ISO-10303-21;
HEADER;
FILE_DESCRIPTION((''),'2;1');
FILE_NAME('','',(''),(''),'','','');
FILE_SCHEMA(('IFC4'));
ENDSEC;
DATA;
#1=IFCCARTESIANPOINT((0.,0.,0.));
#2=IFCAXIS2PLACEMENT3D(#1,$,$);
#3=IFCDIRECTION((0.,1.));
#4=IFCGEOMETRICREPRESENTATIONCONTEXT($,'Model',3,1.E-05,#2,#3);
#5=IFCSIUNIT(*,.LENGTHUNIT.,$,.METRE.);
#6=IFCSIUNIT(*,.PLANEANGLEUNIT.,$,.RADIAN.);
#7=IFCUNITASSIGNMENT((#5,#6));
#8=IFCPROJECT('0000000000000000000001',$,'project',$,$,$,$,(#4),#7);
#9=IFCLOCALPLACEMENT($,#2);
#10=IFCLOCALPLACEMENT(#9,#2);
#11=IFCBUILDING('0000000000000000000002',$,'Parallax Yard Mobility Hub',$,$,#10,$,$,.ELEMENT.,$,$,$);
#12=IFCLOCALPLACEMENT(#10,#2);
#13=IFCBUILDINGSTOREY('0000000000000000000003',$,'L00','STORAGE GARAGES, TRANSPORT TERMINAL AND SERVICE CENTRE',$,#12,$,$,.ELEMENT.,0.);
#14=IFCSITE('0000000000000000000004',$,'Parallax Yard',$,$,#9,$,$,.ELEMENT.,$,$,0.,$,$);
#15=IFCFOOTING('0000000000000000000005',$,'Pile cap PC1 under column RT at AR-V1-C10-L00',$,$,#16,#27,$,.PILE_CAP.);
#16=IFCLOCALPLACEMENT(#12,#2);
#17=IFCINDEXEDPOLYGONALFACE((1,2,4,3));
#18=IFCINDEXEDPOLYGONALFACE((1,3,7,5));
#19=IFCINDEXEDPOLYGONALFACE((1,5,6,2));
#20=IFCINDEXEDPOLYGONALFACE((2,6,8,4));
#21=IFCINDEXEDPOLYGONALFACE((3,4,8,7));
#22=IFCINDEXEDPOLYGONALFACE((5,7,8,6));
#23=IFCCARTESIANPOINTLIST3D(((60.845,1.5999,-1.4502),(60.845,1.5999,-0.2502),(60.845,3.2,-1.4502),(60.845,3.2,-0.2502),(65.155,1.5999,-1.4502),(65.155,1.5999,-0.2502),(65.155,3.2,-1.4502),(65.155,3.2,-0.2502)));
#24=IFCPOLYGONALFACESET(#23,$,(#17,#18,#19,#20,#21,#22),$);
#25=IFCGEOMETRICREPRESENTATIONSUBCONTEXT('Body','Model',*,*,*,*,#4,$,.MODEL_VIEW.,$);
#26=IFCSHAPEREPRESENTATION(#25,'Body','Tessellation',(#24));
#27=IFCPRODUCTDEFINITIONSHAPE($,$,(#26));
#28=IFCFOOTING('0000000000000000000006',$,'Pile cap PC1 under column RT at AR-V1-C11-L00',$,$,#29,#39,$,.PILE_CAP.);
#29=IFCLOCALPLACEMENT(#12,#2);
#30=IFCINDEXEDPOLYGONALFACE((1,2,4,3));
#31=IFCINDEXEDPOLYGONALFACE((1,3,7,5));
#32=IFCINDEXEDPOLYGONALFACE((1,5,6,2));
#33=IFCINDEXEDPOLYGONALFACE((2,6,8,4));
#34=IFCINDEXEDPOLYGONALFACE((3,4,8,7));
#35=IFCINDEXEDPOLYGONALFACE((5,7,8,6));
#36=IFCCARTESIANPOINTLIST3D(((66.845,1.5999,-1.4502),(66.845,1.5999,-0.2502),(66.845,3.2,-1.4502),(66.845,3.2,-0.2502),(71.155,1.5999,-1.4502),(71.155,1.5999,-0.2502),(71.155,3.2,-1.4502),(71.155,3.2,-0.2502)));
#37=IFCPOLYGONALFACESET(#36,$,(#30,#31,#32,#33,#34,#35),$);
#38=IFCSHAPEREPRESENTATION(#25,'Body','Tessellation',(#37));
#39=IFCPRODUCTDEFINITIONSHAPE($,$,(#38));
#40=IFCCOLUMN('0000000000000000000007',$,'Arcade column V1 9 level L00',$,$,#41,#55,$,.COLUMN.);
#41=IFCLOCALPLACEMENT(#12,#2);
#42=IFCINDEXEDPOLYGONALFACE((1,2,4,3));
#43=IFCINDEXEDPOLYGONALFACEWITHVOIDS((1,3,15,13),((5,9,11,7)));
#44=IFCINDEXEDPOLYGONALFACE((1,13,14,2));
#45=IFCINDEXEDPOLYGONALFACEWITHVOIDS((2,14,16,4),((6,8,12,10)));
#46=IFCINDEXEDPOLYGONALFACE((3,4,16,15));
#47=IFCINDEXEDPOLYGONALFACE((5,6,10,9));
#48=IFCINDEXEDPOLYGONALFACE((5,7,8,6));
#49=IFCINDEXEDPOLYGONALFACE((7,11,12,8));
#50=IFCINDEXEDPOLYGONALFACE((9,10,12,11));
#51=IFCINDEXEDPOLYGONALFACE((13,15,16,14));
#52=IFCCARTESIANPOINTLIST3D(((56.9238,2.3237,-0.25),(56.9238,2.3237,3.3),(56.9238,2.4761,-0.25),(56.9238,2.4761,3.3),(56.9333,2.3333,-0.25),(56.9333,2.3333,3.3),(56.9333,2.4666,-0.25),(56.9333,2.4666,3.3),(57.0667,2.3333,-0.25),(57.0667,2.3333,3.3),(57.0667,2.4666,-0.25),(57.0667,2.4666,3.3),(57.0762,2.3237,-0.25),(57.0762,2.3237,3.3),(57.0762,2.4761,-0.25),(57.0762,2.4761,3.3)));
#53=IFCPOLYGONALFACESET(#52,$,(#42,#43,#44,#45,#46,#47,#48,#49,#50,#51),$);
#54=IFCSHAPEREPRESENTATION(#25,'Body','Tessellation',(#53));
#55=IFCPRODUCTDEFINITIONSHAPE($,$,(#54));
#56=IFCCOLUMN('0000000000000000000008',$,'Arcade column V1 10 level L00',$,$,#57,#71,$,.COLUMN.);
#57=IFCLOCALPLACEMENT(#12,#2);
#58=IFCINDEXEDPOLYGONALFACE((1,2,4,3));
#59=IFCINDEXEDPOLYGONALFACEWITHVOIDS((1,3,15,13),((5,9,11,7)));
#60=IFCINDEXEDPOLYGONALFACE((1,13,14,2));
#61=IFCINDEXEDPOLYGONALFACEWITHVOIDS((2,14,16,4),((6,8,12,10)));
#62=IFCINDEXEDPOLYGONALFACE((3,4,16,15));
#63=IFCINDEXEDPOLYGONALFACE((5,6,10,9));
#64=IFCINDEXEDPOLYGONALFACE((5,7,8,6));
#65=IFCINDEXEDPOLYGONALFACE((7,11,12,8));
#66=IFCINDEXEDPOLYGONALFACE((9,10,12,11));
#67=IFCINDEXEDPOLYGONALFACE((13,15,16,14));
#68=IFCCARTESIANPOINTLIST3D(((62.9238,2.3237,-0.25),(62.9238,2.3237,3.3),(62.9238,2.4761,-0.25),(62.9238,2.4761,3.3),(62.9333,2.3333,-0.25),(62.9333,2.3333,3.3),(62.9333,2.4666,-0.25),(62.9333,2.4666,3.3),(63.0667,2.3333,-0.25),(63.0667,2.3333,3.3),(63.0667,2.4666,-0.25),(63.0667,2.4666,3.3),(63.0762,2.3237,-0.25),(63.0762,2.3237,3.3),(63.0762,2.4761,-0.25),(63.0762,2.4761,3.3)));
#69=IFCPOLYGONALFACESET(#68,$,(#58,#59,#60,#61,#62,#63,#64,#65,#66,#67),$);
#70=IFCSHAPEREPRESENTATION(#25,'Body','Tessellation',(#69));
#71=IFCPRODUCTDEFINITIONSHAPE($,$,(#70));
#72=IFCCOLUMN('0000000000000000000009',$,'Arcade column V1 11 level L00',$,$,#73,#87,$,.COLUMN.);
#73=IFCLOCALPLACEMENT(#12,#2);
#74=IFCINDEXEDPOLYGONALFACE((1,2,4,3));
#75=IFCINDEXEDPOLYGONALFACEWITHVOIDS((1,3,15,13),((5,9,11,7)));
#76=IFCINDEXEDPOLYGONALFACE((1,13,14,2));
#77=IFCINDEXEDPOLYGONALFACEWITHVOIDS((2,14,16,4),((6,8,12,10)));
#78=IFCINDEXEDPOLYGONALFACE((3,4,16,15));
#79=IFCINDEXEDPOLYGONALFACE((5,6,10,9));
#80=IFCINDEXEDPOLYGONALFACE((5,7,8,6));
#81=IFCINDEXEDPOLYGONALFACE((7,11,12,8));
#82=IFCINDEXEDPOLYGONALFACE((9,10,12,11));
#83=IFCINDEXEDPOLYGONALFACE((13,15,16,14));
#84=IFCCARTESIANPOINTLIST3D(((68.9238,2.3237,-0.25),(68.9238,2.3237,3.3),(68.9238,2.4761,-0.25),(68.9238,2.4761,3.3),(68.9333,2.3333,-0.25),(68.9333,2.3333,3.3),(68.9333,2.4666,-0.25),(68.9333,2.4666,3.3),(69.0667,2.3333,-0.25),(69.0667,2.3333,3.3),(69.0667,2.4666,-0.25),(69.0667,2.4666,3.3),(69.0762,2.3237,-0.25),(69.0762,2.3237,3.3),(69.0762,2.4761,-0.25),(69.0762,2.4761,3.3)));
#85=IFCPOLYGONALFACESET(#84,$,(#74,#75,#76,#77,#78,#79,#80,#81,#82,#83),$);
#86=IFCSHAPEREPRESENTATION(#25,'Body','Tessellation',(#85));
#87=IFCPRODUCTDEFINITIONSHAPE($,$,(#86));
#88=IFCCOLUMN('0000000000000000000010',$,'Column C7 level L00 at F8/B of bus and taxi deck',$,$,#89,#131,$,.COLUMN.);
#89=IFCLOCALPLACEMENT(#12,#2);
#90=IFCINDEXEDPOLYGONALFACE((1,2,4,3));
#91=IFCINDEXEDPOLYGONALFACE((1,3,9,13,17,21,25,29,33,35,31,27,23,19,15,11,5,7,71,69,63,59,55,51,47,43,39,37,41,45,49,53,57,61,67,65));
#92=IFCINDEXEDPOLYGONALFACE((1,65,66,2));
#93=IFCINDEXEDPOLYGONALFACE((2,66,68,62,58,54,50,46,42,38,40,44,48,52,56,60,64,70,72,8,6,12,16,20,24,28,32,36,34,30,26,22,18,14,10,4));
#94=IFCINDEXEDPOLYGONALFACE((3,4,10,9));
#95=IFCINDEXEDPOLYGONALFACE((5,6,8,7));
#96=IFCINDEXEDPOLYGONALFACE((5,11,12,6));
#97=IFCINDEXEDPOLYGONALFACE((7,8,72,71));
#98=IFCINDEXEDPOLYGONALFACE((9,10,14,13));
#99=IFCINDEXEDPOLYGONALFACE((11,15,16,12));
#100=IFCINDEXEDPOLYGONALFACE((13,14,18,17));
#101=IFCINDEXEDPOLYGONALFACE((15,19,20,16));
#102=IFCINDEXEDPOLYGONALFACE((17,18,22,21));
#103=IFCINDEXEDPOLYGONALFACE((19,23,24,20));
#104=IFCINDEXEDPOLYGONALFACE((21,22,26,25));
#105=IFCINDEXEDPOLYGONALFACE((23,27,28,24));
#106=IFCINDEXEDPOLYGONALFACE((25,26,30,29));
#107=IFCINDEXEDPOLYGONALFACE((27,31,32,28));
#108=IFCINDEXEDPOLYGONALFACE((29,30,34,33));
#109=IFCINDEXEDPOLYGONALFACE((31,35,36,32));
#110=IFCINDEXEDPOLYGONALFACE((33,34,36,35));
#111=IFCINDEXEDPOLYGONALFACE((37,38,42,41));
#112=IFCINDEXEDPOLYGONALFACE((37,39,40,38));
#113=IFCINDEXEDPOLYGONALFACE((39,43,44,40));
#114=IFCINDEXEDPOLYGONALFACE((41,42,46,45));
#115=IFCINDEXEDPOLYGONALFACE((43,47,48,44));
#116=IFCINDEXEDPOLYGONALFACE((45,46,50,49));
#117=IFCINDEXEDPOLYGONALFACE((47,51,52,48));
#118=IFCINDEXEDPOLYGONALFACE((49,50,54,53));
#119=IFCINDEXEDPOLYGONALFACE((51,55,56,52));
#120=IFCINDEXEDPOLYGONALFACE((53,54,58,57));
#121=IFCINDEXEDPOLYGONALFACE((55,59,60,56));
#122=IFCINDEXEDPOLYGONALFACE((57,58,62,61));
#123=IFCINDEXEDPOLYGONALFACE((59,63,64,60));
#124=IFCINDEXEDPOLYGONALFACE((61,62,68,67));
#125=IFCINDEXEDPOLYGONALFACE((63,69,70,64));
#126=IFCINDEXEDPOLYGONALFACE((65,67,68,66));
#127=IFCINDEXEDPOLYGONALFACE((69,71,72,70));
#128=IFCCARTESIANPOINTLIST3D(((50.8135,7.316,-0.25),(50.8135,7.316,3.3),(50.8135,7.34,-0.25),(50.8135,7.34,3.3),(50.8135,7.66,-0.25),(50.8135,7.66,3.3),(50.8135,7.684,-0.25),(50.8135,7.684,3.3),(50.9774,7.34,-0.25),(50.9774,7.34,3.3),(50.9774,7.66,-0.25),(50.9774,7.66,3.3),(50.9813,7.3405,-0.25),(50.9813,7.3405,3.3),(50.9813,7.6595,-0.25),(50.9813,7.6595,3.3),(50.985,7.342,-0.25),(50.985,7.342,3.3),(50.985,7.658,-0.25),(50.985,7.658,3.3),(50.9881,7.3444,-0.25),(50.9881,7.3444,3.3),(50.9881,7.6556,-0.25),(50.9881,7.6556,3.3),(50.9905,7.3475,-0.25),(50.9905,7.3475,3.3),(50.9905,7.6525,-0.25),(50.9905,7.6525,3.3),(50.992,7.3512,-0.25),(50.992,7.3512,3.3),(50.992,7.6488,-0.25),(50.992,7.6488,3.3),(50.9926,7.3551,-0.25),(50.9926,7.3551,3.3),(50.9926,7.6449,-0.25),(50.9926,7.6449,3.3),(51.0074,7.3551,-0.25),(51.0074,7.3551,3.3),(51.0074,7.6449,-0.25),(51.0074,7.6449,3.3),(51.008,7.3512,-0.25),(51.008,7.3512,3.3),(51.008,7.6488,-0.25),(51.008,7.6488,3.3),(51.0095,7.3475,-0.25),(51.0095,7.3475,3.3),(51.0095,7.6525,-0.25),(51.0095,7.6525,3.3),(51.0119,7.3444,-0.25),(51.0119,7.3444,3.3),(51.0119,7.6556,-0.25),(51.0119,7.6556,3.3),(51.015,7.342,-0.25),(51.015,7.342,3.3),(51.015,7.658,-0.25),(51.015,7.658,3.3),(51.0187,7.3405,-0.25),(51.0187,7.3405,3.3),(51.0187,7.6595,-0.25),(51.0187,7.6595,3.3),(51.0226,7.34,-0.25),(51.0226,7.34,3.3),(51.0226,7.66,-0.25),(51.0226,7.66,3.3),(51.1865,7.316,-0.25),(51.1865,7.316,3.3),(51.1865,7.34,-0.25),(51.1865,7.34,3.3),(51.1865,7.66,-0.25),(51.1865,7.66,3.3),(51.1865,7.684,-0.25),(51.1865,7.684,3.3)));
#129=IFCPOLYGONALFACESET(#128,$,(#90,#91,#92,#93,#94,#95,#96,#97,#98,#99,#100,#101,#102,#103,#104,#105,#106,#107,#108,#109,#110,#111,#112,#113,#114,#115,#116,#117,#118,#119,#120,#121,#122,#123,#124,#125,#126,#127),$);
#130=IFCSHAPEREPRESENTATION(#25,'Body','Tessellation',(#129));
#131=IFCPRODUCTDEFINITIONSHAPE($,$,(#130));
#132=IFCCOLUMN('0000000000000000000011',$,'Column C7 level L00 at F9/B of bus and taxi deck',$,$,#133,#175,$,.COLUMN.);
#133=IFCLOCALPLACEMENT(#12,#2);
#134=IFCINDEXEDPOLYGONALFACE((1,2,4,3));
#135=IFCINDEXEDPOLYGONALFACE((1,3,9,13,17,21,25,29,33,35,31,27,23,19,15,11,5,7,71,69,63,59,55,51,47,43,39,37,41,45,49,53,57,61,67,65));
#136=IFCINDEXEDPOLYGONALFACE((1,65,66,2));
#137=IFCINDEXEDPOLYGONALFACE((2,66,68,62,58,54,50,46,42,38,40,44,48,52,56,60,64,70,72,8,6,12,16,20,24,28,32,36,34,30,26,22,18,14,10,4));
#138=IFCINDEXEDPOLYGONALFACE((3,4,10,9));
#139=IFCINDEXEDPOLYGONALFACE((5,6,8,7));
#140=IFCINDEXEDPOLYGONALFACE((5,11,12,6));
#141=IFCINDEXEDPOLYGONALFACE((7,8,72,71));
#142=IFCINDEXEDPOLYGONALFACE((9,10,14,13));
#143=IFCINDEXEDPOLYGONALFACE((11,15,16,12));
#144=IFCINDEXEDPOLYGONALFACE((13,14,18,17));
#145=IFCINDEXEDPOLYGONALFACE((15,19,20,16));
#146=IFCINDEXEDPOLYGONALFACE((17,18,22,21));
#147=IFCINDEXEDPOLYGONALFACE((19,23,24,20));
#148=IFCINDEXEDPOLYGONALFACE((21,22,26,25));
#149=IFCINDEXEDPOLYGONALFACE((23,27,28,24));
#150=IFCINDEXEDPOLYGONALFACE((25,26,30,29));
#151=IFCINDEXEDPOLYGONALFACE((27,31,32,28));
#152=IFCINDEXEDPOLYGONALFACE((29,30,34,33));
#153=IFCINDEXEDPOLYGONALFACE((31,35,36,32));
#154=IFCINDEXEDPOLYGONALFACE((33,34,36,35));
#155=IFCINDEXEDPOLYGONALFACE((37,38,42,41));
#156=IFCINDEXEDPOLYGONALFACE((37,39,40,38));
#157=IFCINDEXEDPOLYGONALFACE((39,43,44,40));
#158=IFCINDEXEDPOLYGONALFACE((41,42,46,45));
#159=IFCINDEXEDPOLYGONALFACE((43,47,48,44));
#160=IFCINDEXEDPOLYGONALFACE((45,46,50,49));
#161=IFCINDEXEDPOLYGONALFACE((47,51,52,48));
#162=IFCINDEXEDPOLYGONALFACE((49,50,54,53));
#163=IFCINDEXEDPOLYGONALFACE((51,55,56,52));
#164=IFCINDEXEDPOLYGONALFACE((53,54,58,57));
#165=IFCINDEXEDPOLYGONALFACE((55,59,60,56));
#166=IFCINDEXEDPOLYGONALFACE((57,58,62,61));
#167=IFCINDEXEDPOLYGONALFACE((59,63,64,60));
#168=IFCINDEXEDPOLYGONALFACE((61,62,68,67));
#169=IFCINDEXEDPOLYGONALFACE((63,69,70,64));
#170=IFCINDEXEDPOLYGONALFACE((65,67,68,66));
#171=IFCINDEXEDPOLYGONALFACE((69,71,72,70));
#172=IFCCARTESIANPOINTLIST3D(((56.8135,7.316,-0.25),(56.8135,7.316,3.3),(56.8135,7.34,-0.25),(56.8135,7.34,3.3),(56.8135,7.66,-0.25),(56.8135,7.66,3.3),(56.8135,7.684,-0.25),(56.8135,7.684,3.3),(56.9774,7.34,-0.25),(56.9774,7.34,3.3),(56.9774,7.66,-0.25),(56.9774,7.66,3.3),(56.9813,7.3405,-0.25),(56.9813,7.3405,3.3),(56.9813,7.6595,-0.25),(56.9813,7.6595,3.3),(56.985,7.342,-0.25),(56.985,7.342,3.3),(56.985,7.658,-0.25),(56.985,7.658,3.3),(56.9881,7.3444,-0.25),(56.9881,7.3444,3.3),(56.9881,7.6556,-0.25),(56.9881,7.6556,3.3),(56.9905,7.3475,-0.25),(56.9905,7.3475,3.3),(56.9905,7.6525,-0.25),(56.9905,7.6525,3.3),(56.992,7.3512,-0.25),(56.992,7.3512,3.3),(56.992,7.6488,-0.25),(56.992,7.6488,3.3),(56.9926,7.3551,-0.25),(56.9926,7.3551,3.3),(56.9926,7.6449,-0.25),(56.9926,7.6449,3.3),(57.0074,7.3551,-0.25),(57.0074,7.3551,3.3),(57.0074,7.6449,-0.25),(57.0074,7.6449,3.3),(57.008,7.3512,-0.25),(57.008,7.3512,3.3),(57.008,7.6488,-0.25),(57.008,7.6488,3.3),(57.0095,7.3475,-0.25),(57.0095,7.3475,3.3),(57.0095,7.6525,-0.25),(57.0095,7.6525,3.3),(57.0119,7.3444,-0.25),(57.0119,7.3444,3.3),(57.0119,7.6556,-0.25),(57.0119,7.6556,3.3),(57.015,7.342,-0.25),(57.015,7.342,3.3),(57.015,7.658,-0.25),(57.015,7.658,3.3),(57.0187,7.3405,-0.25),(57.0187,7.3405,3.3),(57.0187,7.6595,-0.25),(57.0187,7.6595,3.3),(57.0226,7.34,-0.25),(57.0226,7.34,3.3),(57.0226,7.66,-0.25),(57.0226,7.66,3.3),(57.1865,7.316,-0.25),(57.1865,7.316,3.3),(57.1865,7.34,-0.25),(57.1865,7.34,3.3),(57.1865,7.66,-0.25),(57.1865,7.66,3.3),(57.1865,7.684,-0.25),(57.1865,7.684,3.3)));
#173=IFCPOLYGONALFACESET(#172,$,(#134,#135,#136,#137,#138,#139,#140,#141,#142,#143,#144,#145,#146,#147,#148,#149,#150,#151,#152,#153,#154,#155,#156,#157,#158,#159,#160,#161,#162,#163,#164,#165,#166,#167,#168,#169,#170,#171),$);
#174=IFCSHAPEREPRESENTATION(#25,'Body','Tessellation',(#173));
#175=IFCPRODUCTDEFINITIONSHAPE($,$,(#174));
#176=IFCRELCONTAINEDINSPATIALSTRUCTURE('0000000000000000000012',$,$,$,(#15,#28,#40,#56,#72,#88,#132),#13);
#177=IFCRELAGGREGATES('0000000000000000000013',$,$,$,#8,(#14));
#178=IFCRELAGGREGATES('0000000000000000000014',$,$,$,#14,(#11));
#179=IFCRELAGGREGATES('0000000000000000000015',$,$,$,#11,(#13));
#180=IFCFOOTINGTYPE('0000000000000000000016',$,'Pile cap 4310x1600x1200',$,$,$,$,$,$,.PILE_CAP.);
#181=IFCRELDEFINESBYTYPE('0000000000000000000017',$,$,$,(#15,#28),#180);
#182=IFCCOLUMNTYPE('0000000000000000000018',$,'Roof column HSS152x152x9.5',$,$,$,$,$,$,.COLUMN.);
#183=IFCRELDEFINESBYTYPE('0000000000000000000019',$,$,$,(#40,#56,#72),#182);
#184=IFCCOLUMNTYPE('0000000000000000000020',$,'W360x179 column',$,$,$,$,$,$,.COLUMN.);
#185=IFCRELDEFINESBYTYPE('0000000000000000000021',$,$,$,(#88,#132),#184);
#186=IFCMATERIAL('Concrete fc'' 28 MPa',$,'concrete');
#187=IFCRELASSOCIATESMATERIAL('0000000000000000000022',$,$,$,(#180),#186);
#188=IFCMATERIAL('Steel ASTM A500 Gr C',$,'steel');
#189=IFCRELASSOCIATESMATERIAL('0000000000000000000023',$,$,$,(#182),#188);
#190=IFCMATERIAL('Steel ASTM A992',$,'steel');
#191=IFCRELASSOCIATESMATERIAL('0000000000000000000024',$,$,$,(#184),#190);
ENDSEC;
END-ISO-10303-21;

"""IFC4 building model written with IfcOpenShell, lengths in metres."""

from ifc_helpers import new_model, si_unit, direction, frame, origin, origin_2d, place, context, subcontext, project, spatial, rectangle, hollow_rectangle, i_section, extrude, material, material_profile, profile_set, type_object, element, save


model = new_model("IFC4")

# Units and contexts
model_context = context("Model", 3, precision=1e-05, world=origin(), true_north=direction((0.0, 1.0)))
body_context = subcontext(model_context, "Body", "Model", "MODEL_VIEW")
ifc_project = project(units=[si_unit("LENGTHUNIT", "METRE"), si_unit("PLANEANGLEUNIT", "RADIAN")], contexts=[model_context])

# Site, building, storey
site_placement = place(None, origin())
site = spatial("IfcSite", under=ifc_project, at=site_placement, Name="Parallax Yard", CompositionType="ELEMENT", RefElevation=0.0)
building_placement = place(site_placement, origin())
building = spatial("IfcBuilding", under=site, at=building_placement, Name="Parallax Yard Mobility Hub", CompositionType="ELEMENT")
storey_placement = place(building_placement, origin())
storey = spatial("IfcBuildingStorey", under=building, at=storey_placement, Name="L00", Description="STORAGE GARAGES, TRANSPORT TERMINAL AND SERVICE CENTRE", CompositionType="ELEMENT", Elevation=0.0)

# Shared definitions
ifc_material_1 = material(Name="Concrete fc' 28 MPa", Category="concrete")

# Footings
footing_type_1 = type_object("IfcFootingType", Name="Pile cap 4310x1600x1200", PredefinedType="PILE_CAP", material=ifc_material_1)
for number, where, z_axis, x_axis, name in (
    (1, (63.0, 2.3999, -1.4502), (0.0, 0.0, 1.0), (1.0, 0.0, 0.0), "Pile cap PC1 under column RT at AR-V1-C10-L00"),
    (2, (69.0, 2.3999, -1.4502), (0.0, 0.0, 1.0), (1.0, 0.0, 0.0), "Pile cap PC1 under column RT at AR-V1-C11-L00"),
):
    element("IfcFooting", number, at=place(storey_placement, frame(where, z_axis=z_axis, x_axis=x_axis)), inside=storey, type_object=footing_type_1, Name=name, PredefinedType="PILE_CAP", context=body_context, shape_type="SweptSolid", body=[
        extrude(rectangle(XDim=4.3101, YDim=1.6001, at=origin_2d()), origin(), (0.0, 0.0, 1.0), 1.2),
    ])

# Columns
ifc_material_2 = material(Name="Steel ASTM A500 Gr C", Category="steel")
ifc_material_profile_1 = material_profile(ifc_material_2, hollow_rectangle(XDim=0.1523, YDim=0.1523, WallThickness=0.0095, at=origin_2d()), Name="HSS152x152x9.5")
ifc_profile_set_1 = profile_set([ifc_material_profile_1], Name="Steel ASTM A500 Gr C")
column_type_1 = type_object("IfcColumnType", Name="Roof column HSS152x152x9.5", PredefinedType="COLUMN", material=ifc_profile_set_1)
for number, where, z_axis, x_axis, name in (
    (3, (57.0, 2.3999, -0.25), (0.0, 0.0, 1.0), (1.0, 0.0, 0.0), "Arcade column V1 9 level L00"),
    (4, (63.0, 2.3999, -0.25), (0.0, 0.0, 1.0), (1.0, 0.0, 0.0), "Arcade column V1 10 level L00"),
    (5, (69.0, 2.3999, -0.25), (0.0, 0.0, 1.0), (1.0, 0.0, 0.0), "Arcade column V1 11 level L00"),
):
    element("IfcColumn", number, at=place(storey_placement, frame(where, z_axis=z_axis, x_axis=x_axis)), inside=storey, type_object=column_type_1, Name=name, PredefinedType="COLUMN", context=body_context, shape_type="SweptSolid", body=[
        extrude(hollow_rectangle(XDim=0.1523, YDim=0.1523, WallThickness=0.0095, at=origin_2d()), origin(), (0.0, 0.0, 1.0), 3.55),
    ])
ifc_material_3 = material(Name="Steel ASTM A992", Category="steel")
ifc_material_profile_2 = material_profile(ifc_material_3, i_section(OverallWidth=0.373, OverallDepth=0.3679, WebThickness=0.0149, FlangeThickness=0.0239, FilletRadius=0.0151, at=origin_2d()), Name="W360x179")
ifc_profile_set_2 = profile_set([ifc_material_profile_2], Name="Steel ASTM A992")
column_type_2 = type_object("IfcColumnType", Name="W360x179 column", PredefinedType="COLUMN", material=ifc_profile_set_2)
for number, where, z_axis, x_axis, name in (
    (6, (51.0, 7.5, -0.25), (0.0, 0.0, 1.0), (1.0, 0.0, 0.0), "Column C7 level L00 at F8/B of bus and taxi deck"),
    (7, (57.0, 7.5, -0.25), (0.0, 0.0, 1.0), (1.0, 0.0, 0.0), "Column C7 level L00 at F9/B of bus and taxi deck"),
):
    element("IfcColumn", number, at=place(storey_placement, frame(where, z_axis=z_axis, x_axis=x_axis)), inside=storey, type_object=column_type_2, Name=name, PredefinedType="COLUMN", context=body_context, shape_type="SweptSolid", body=[
        extrude(i_section(OverallWidth=0.373, OverallDepth=0.3679, WebThickness=0.0149, FlangeThickness=0.0239, FilletRadius=0.0151, at=origin_2d()), origin(), (0.0, 0.0, 1.0), 3.55),
    ])

save(model, "model.ifc")
